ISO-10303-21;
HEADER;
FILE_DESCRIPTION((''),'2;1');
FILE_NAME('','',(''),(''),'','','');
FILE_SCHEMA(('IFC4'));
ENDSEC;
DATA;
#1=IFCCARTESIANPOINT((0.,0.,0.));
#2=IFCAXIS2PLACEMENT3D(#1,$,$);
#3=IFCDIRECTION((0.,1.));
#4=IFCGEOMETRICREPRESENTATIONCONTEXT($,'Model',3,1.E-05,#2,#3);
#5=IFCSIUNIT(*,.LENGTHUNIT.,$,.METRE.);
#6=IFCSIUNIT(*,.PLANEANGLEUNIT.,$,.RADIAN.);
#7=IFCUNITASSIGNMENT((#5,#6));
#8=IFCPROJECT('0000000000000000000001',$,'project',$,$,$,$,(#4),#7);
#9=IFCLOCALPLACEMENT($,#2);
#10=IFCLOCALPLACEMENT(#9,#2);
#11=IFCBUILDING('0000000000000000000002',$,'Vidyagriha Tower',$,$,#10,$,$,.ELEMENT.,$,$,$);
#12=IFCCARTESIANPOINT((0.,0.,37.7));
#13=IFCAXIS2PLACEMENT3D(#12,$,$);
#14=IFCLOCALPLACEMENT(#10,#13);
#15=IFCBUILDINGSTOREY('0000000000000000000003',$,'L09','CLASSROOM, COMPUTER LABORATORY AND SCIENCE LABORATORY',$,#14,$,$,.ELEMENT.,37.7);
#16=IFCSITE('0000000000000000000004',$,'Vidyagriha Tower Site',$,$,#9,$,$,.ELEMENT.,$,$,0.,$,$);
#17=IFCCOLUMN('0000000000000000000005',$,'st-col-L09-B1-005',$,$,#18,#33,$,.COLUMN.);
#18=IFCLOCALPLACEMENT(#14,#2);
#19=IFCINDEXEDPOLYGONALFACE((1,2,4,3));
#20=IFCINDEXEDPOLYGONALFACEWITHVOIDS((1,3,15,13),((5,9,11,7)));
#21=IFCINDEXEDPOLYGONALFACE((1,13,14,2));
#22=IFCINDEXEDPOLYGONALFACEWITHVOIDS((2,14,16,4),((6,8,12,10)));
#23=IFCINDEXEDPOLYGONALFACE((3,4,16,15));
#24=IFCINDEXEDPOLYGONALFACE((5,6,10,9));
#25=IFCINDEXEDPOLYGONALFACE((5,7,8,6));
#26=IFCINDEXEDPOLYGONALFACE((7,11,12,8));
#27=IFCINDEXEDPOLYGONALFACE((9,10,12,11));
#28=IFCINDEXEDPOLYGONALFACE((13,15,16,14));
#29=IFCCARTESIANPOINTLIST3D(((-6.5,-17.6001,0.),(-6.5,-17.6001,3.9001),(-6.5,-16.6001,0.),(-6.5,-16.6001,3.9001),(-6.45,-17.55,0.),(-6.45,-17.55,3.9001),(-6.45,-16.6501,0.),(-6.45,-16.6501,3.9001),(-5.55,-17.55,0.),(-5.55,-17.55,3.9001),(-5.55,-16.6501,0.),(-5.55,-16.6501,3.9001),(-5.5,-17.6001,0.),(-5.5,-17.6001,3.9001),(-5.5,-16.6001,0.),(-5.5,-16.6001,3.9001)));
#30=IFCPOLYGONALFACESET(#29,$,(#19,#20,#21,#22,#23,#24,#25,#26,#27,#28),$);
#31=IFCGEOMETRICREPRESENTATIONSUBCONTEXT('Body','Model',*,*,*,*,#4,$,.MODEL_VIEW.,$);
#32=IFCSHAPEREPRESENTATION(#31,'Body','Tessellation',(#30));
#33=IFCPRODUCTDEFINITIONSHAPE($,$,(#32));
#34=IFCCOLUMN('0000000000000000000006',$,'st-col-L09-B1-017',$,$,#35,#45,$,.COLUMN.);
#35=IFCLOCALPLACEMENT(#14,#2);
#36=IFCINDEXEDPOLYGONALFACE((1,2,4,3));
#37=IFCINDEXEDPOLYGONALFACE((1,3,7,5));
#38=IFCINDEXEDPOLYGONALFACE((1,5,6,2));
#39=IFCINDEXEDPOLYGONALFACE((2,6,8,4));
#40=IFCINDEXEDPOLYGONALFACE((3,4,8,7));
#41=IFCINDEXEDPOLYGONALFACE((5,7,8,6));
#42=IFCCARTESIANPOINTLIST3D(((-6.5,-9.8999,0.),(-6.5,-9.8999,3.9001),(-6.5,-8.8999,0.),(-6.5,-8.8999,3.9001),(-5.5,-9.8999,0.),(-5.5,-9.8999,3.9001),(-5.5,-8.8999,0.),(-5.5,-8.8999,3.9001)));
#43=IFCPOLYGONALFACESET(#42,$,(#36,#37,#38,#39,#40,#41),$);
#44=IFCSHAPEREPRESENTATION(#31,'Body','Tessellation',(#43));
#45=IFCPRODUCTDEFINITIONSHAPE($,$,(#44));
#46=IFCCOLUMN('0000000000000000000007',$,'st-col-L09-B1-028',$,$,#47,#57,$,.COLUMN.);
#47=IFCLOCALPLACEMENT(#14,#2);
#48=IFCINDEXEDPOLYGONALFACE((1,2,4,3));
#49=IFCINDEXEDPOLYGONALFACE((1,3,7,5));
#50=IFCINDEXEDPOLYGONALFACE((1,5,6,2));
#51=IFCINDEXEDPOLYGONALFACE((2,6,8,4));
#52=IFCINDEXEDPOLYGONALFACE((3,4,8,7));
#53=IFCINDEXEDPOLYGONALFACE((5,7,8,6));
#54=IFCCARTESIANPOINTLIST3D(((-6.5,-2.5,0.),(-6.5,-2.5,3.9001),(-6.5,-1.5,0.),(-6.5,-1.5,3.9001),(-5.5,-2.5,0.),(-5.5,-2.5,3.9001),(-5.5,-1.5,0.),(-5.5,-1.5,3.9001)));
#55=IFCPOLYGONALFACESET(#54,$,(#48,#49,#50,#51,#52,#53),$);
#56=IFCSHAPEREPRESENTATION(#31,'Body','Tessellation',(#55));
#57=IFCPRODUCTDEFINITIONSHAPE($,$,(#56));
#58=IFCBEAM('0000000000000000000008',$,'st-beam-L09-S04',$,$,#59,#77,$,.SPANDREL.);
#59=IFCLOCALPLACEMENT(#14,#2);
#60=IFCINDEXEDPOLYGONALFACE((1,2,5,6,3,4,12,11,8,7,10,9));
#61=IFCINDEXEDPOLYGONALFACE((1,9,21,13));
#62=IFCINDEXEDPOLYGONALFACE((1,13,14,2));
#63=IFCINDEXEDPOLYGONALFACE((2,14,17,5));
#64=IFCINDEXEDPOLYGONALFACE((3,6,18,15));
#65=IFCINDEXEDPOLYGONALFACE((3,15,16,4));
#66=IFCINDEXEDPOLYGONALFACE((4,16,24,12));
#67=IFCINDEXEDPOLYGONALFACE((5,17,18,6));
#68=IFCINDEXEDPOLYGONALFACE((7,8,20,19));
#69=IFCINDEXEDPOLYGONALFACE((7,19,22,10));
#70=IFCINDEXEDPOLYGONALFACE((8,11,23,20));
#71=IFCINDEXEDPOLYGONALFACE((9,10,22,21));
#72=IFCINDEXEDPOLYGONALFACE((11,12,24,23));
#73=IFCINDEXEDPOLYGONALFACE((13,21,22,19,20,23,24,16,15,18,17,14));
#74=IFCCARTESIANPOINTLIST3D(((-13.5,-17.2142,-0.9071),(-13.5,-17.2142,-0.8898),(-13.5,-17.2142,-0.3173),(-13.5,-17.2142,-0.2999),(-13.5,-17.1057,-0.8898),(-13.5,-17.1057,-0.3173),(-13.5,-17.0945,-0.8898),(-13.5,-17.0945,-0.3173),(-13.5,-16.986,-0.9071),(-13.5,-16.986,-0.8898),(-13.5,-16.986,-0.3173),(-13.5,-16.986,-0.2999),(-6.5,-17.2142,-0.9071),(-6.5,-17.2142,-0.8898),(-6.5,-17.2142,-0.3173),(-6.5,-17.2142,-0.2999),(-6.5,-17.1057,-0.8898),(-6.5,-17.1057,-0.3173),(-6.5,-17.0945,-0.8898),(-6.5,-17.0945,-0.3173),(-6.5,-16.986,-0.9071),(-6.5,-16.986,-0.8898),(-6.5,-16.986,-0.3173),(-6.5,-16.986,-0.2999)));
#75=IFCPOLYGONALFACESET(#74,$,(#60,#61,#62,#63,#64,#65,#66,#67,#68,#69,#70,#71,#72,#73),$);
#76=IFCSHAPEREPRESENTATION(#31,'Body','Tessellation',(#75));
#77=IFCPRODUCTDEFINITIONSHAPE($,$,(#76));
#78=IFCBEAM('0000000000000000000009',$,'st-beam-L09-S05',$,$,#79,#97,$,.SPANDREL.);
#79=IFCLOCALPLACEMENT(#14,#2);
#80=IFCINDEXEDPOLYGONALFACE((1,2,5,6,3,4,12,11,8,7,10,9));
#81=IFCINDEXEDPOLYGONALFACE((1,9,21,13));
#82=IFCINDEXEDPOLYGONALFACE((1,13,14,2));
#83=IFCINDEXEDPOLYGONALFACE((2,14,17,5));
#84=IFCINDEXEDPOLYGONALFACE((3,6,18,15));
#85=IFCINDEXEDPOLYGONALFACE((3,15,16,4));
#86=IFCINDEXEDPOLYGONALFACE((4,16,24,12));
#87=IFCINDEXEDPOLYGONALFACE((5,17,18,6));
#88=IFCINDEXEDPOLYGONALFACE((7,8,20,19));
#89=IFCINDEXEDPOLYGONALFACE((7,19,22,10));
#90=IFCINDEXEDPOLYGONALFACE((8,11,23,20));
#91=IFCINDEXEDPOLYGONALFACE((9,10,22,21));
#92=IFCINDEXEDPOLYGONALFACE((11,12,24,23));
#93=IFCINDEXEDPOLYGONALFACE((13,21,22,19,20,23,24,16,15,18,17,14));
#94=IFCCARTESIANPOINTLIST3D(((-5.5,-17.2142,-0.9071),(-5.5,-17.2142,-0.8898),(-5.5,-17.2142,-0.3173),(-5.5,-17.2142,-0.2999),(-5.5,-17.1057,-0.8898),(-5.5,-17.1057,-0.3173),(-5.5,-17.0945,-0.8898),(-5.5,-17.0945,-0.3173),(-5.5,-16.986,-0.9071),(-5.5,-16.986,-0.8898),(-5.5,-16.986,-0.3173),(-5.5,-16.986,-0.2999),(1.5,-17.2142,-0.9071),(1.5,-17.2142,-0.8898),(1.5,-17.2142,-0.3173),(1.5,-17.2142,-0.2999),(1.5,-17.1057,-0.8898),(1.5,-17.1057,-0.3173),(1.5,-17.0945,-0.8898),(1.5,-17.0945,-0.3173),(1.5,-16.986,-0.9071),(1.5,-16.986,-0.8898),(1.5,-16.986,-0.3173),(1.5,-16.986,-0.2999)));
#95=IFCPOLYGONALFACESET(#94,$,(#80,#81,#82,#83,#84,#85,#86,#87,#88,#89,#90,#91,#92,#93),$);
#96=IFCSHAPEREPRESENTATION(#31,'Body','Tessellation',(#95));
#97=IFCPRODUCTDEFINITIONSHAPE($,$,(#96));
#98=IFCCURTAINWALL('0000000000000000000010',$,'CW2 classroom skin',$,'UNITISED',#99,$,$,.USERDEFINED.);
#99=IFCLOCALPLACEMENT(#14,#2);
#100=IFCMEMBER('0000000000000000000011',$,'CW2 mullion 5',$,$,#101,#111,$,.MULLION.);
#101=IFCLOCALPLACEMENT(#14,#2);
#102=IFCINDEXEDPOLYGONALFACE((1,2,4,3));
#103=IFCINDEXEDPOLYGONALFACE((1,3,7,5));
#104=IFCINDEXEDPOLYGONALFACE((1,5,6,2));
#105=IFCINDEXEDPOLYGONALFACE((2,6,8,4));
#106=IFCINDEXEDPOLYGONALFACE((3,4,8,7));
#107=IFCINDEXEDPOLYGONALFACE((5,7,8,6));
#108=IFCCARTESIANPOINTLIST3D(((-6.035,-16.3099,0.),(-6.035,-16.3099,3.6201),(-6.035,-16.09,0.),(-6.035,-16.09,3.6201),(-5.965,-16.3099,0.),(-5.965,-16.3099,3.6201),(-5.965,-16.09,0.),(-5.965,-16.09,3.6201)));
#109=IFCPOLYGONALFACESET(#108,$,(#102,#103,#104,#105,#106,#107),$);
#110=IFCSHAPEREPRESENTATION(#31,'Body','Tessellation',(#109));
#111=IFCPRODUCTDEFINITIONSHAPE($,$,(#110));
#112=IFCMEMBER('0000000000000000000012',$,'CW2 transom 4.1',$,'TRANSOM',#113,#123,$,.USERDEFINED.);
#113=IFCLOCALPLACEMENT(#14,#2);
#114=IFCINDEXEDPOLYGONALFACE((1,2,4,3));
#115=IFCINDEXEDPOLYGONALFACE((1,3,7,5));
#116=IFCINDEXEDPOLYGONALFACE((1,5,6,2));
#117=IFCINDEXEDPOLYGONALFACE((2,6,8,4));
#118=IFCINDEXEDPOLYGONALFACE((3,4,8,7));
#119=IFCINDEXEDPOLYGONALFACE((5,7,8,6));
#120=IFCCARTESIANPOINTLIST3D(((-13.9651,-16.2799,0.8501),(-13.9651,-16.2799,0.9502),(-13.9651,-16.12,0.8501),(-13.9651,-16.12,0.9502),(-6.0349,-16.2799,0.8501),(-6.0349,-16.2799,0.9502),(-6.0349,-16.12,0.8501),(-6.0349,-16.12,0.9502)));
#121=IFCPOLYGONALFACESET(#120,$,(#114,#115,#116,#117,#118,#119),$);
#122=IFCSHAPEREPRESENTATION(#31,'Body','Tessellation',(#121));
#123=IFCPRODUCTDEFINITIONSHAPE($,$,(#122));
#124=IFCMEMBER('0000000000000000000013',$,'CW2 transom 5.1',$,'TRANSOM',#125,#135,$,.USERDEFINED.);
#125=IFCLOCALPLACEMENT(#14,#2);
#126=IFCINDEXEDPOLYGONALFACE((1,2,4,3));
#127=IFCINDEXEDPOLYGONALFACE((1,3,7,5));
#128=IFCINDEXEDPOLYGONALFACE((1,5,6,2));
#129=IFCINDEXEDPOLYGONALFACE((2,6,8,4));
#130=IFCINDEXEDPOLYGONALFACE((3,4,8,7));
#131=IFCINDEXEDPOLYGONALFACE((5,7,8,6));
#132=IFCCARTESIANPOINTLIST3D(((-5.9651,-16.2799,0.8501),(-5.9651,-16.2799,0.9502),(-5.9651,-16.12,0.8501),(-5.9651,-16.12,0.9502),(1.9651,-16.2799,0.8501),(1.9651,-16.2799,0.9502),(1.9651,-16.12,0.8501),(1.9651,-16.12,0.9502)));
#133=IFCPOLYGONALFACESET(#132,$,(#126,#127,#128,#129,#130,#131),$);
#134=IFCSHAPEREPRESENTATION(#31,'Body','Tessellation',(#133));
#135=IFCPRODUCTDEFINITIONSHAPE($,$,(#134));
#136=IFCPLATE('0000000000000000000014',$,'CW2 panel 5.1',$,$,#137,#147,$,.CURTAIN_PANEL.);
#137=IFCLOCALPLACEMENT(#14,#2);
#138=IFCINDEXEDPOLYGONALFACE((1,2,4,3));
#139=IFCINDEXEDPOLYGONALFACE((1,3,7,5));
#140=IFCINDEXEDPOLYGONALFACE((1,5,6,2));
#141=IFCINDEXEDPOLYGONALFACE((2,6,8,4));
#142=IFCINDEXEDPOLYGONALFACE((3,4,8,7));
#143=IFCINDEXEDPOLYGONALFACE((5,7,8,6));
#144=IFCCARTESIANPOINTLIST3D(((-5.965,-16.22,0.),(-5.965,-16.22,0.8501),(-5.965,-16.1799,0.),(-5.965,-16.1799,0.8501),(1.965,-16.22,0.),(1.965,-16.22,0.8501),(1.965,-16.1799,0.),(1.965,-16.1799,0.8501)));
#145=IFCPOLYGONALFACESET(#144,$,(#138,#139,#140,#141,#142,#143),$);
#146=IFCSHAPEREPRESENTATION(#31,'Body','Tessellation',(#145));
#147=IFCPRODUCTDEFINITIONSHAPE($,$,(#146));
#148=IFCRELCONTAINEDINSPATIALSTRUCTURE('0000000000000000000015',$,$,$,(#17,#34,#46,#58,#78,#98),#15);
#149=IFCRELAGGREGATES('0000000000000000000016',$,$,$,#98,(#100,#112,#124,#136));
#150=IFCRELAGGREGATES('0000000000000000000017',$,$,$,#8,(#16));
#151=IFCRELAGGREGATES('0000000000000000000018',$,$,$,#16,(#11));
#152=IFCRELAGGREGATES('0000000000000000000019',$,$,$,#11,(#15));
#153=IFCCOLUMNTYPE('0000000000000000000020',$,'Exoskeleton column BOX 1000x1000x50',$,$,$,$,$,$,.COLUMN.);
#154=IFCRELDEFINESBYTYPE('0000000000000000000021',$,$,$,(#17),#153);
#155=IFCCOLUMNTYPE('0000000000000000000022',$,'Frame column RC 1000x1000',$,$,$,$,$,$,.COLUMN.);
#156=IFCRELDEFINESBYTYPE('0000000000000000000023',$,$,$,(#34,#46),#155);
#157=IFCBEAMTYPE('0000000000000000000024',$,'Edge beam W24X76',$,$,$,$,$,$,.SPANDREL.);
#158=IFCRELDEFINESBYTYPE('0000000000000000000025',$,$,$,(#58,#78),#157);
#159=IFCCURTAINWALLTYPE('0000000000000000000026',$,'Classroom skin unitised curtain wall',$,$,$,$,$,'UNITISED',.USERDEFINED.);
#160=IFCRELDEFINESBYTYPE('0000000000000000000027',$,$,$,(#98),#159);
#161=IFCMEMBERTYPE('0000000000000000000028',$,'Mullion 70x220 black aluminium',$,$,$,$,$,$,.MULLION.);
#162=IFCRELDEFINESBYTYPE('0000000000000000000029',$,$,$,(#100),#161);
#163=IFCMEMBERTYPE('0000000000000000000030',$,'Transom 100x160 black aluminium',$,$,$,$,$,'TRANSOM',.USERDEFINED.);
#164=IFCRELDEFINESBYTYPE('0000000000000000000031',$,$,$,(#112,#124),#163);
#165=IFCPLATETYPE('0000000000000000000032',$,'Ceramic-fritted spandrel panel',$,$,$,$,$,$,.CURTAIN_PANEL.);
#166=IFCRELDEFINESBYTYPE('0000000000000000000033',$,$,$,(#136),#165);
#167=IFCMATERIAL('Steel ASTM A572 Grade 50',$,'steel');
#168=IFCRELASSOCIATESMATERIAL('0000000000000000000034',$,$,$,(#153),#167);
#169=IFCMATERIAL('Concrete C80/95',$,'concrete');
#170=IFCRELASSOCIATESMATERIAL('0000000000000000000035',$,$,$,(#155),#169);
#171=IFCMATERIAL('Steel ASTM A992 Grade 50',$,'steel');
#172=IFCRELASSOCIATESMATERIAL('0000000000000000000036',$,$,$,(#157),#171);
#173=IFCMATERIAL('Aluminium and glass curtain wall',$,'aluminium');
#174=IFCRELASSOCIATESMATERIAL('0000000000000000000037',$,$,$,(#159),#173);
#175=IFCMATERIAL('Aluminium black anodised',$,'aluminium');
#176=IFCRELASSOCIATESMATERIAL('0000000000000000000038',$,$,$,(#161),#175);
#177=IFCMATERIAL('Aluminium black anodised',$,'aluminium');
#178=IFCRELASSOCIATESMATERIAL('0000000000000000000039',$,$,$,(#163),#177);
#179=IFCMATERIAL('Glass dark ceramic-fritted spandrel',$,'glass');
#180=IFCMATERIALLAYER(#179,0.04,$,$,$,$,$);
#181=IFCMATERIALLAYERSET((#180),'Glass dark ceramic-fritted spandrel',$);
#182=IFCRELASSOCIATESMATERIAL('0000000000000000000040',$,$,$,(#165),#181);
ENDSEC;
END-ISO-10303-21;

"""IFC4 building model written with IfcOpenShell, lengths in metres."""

from ifc_helpers import new_model, si_unit, direction, frame, origin, origin_2d, place, context, subcontext, project, spatial, rectangle, hollow_rectangle, i_section, extrude, material, layer, layer_set, material_profile, profile_set, type_object, element, aggregate, save


model = new_model("IFC4")

# Units and contexts
model_context = context("Model", 3, precision=1e-05, world=origin(), true_north=direction((0.0, 1.0)))
body_context = subcontext(model_context, "Body", "Model", "MODEL_VIEW")
ifc_project = project(units=[si_unit("LENGTHUNIT", "METRE"), si_unit("PLANEANGLEUNIT", "RADIAN")], contexts=[model_context])

# Site, building, storey
site_placement = place(None, origin())
site = spatial("IfcSite", under=ifc_project, at=site_placement, Name="Vidyagriha Tower Site", CompositionType="ELEMENT", RefElevation=0.0)
building_placement = place(site_placement, origin())
building = spatial("IfcBuilding", under=site, at=building_placement, Name="Vidyagriha Tower", CompositionType="ELEMENT")
storey_placement = place(building_placement, frame((0.0, 0.0, 37.7)))
storey = spatial("IfcBuildingStorey", under=building, at=storey_placement, Name="L09", Description="CLASSROOM, COMPUTER LABORATORY AND SCIENCE LABORATORY", CompositionType="ELEMENT", Elevation=37.7)

# Columns
ifc_material_1 = material(Name="Steel ASTM A572 Grade 50", Category="steel")
ifc_material_profile_1 = material_profile(ifc_material_1, hollow_rectangle(XDim=1.0, YDim=1.0, WallThickness=0.05, at=origin_2d()), Name="BOX 1000x1000x50")
ifc_profile_set_1 = profile_set([ifc_material_profile_1], Name="Steel ASTM A572 Grade 50")
column_type_1 = type_object("IfcColumnType", Name="Exoskeleton column BOX 1000x1000x50", PredefinedType="COLUMN", material=ifc_profile_set_1)
column_placement = place(storey_placement, frame((-6.0, -17.1001, 0.0)))
element("IfcColumn", 1, at=column_placement, inside=storey, type_object=column_type_1, Name="st-col-L09-B1-005", PredefinedType="COLUMN", context=body_context, shape_type="SweptSolid", body=[
    extrude(hollow_rectangle(XDim=1.0, YDim=1.0, WallThickness=0.05, at=origin_2d()), origin(), (0.0, 0.0, 1.0), 3.9001),
])
ifc_material_2 = material(Name="Concrete C80/95", Category="concrete")
ifc_material_profile_2 = material_profile(ifc_material_2, rectangle(XDim=1.0, YDim=1.0, at=origin_2d()), Name="RC 1000x1000")
ifc_profile_set_2 = profile_set([ifc_material_profile_2], Name="Concrete C80/95")
column_type_2 = type_object("IfcColumnType", Name="Frame column RC 1000x1000", PredefinedType="COLUMN", material=ifc_profile_set_2)
for number, where, name in (
    (2, (-6.0, -9.3999, 0.0), "st-col-L09-B1-017"),
    (3, (-6.0, -2.0, 0.0), "st-col-L09-B1-028"),
):
    element("IfcColumn", number, at=place(storey_placement, frame(where)), inside=storey, type_object=column_type_2, Name=name, PredefinedType="COLUMN", context=body_context, shape_type="SweptSolid", body=[
        extrude(rectangle(XDim=1.0, YDim=1.0, at=origin_2d()), origin(), (0.0, 0.0, 1.0), 3.9001),
    ])

# Beams
ifc_material_3 = material(Name="Steel ASTM A992 Grade 50", Category="steel")
ifc_material_profile_3 = material_profile(ifc_material_3, i_section(OverallWidth=0.2283, OverallDepth=0.6072, WebThickness=0.0112, FlangeThickness=0.0173, at=origin_2d()), Name="W24X76")
ifc_profile_set_3 = profile_set([ifc_material_profile_3], Name="Steel ASTM A992 Grade 50")
beam_type = type_object("IfcBeamType", Name="Edge beam W24X76", PredefinedType="SPANDREL", material=ifc_profile_set_3)
for number, where, z_axis, x_axis, name in (
    (4, (-13.5, -17.1001, -0.6035), (1.0, 0.0, 0.0), (0.0, 1.0, 0.0), "st-beam-L09-S04"),
    (5, (-5.5, -17.1001, -0.6035), (1.0, 0.0, 0.0), (0.0, 1.0, 0.0), "st-beam-L09-S05"),
):
    element("IfcBeam", number, at=place(storey_placement, frame(where, z_axis=z_axis, x_axis=x_axis)), inside=storey, type_object=beam_type, Name=name, PredefinedType="SPANDREL", context=body_context, shape_type="SweptSolid", body=[
        extrude(i_section(OverallWidth=0.2283, OverallDepth=0.6072, WebThickness=0.0112, FlangeThickness=0.0173, at=origin_2d()), origin(), (0.0, 0.0, 1.0), 7.0),
    ])

# Curtain wall, members, plate
ifc_material_4 = material(Name="Aluminium and glass curtain wall", Category="aluminium")
curtain_wall_type = type_object("IfcCurtainWallType", Name="Classroom skin unitised curtain wall", ElementType="UNITISED", PredefinedType="USERDEFINED", material=ifc_material_4)
curtain_wall_placement = place(storey_placement, origin())
curtain_wall = element("IfcCurtainWall", 6, at=curtain_wall_placement, inside=storey, type_object=curtain_wall_type, Name="CW2 classroom skin", ObjectType="UNITISED", PredefinedType="USERDEFINED")
ifc_material_5 = material(Name="Aluminium black anodised", Category="aluminium")
ifc_material_profile_4 = material_profile(ifc_material_5, rectangle(XDim=0.22, YDim=0.0701, at=origin_2d()), Name="Mullion 70x220 black aluminium")
ifc_profile_set_4 = profile_set([ifc_material_profile_4], Name="Aluminium black anodised")
member_type_1 = type_object("IfcMemberType", Name="Mullion 70x220 black aluminium", PredefinedType="MULLION", material=ifc_profile_set_4)
member_1_placement = place(storey_placement, frame((-6.0, -16.2, 0.0), z_axis=(0.0, 0.0, 1.0), x_axis=(0.0, 1.0, 0.0)))
member_1 = element("IfcMember", 7, at=member_1_placement, type_object=member_type_1, Name="CW2 mullion 5", PredefinedType="MULLION", context=body_context, shape_type="SweptSolid", body=[
    extrude(rectangle(XDim=0.22, YDim=0.0701, at=origin_2d()), origin(), (0.0, 0.0, 1.0), 3.6201),
])
ifc_material_6 = material(Name="Aluminium black anodised", Category="aluminium")
ifc_material_profile_5 = material_profile(ifc_material_6, rectangle(XDim=0.1599, YDim=0.1001, at=origin_2d()), Name="Transom 100x160 black aluminium")
ifc_profile_set_5 = profile_set([ifc_material_profile_5], Name="Aluminium black anodised")
member_type_2 = type_object("IfcMemberType", Name="Transom 100x160 black aluminium", ElementType="TRANSOM", PredefinedType="USERDEFINED", material=ifc_profile_set_5)
member_2_placement = place(storey_placement, frame((-13.9651, -16.2, 0.9001), z_axis=(1.0, 0.0, 0.0), x_axis=(0.0, 1.0, 0.0)))
member_2 = element("IfcMember", 8, at=member_2_placement, type_object=member_type_2, Name="CW2 transom 4.1", ObjectType="TRANSOM", PredefinedType="USERDEFINED", context=body_context, shape_type="SweptSolid", body=[
    extrude(rectangle(XDim=0.1599, YDim=0.1001, at=origin_2d()), origin(), (0.0, 0.0, 1.0), 7.9302),
])
member_3_placement = place(storey_placement, frame((-5.9651, -16.2, 0.9001), z_axis=(1.0, 0.0, 0.0), x_axis=(0.0, 1.0, 0.0)))
member_3 = element("IfcMember", 9, at=member_3_placement, type_object=member_type_2, Name="CW2 transom 5.1", ObjectType="TRANSOM", PredefinedType="USERDEFINED", context=body_context, shape_type="SweptSolid", body=[
    extrude(rectangle(XDim=0.1599, YDim=0.1001, at=origin_2d()), origin(), (0.0, 0.0, 1.0), 7.9302),
])
ifc_material_7 = material(Name="Glass dark ceramic-fritted spandrel", Category="glass")
ifc_layer_1 = layer(ifc_material_7, 0.04)
ifc_layer_set_1 = layer_set([ifc_layer_1], Name="Glass dark ceramic-fritted spandrel")
plate_type_1 = type_object("IfcPlateType", Name="Ceramic-fritted spandrel panel", PredefinedType="CURTAIN_PANEL", material=ifc_layer_set_1)
plate_1_placement = place(storey_placement, frame((-2.0, -16.2, 0.0)))
plate_1 = element("IfcPlate", 10, at=plate_1_placement, type_object=plate_type_1, Name="CW2 panel 5.1", PredefinedType="CURTAIN_PANEL", context=body_context, shape_type="SweptSolid", body=[
    extrude(rectangle(XDim=7.9299, YDim=0.04, at=origin_2d()), origin(), (0.0, 0.0, 1.0), 0.8501),
])

aggregate(curtain_wall, [member_1, member_2, member_3, plate_1])

save(model, "model.ifc")
